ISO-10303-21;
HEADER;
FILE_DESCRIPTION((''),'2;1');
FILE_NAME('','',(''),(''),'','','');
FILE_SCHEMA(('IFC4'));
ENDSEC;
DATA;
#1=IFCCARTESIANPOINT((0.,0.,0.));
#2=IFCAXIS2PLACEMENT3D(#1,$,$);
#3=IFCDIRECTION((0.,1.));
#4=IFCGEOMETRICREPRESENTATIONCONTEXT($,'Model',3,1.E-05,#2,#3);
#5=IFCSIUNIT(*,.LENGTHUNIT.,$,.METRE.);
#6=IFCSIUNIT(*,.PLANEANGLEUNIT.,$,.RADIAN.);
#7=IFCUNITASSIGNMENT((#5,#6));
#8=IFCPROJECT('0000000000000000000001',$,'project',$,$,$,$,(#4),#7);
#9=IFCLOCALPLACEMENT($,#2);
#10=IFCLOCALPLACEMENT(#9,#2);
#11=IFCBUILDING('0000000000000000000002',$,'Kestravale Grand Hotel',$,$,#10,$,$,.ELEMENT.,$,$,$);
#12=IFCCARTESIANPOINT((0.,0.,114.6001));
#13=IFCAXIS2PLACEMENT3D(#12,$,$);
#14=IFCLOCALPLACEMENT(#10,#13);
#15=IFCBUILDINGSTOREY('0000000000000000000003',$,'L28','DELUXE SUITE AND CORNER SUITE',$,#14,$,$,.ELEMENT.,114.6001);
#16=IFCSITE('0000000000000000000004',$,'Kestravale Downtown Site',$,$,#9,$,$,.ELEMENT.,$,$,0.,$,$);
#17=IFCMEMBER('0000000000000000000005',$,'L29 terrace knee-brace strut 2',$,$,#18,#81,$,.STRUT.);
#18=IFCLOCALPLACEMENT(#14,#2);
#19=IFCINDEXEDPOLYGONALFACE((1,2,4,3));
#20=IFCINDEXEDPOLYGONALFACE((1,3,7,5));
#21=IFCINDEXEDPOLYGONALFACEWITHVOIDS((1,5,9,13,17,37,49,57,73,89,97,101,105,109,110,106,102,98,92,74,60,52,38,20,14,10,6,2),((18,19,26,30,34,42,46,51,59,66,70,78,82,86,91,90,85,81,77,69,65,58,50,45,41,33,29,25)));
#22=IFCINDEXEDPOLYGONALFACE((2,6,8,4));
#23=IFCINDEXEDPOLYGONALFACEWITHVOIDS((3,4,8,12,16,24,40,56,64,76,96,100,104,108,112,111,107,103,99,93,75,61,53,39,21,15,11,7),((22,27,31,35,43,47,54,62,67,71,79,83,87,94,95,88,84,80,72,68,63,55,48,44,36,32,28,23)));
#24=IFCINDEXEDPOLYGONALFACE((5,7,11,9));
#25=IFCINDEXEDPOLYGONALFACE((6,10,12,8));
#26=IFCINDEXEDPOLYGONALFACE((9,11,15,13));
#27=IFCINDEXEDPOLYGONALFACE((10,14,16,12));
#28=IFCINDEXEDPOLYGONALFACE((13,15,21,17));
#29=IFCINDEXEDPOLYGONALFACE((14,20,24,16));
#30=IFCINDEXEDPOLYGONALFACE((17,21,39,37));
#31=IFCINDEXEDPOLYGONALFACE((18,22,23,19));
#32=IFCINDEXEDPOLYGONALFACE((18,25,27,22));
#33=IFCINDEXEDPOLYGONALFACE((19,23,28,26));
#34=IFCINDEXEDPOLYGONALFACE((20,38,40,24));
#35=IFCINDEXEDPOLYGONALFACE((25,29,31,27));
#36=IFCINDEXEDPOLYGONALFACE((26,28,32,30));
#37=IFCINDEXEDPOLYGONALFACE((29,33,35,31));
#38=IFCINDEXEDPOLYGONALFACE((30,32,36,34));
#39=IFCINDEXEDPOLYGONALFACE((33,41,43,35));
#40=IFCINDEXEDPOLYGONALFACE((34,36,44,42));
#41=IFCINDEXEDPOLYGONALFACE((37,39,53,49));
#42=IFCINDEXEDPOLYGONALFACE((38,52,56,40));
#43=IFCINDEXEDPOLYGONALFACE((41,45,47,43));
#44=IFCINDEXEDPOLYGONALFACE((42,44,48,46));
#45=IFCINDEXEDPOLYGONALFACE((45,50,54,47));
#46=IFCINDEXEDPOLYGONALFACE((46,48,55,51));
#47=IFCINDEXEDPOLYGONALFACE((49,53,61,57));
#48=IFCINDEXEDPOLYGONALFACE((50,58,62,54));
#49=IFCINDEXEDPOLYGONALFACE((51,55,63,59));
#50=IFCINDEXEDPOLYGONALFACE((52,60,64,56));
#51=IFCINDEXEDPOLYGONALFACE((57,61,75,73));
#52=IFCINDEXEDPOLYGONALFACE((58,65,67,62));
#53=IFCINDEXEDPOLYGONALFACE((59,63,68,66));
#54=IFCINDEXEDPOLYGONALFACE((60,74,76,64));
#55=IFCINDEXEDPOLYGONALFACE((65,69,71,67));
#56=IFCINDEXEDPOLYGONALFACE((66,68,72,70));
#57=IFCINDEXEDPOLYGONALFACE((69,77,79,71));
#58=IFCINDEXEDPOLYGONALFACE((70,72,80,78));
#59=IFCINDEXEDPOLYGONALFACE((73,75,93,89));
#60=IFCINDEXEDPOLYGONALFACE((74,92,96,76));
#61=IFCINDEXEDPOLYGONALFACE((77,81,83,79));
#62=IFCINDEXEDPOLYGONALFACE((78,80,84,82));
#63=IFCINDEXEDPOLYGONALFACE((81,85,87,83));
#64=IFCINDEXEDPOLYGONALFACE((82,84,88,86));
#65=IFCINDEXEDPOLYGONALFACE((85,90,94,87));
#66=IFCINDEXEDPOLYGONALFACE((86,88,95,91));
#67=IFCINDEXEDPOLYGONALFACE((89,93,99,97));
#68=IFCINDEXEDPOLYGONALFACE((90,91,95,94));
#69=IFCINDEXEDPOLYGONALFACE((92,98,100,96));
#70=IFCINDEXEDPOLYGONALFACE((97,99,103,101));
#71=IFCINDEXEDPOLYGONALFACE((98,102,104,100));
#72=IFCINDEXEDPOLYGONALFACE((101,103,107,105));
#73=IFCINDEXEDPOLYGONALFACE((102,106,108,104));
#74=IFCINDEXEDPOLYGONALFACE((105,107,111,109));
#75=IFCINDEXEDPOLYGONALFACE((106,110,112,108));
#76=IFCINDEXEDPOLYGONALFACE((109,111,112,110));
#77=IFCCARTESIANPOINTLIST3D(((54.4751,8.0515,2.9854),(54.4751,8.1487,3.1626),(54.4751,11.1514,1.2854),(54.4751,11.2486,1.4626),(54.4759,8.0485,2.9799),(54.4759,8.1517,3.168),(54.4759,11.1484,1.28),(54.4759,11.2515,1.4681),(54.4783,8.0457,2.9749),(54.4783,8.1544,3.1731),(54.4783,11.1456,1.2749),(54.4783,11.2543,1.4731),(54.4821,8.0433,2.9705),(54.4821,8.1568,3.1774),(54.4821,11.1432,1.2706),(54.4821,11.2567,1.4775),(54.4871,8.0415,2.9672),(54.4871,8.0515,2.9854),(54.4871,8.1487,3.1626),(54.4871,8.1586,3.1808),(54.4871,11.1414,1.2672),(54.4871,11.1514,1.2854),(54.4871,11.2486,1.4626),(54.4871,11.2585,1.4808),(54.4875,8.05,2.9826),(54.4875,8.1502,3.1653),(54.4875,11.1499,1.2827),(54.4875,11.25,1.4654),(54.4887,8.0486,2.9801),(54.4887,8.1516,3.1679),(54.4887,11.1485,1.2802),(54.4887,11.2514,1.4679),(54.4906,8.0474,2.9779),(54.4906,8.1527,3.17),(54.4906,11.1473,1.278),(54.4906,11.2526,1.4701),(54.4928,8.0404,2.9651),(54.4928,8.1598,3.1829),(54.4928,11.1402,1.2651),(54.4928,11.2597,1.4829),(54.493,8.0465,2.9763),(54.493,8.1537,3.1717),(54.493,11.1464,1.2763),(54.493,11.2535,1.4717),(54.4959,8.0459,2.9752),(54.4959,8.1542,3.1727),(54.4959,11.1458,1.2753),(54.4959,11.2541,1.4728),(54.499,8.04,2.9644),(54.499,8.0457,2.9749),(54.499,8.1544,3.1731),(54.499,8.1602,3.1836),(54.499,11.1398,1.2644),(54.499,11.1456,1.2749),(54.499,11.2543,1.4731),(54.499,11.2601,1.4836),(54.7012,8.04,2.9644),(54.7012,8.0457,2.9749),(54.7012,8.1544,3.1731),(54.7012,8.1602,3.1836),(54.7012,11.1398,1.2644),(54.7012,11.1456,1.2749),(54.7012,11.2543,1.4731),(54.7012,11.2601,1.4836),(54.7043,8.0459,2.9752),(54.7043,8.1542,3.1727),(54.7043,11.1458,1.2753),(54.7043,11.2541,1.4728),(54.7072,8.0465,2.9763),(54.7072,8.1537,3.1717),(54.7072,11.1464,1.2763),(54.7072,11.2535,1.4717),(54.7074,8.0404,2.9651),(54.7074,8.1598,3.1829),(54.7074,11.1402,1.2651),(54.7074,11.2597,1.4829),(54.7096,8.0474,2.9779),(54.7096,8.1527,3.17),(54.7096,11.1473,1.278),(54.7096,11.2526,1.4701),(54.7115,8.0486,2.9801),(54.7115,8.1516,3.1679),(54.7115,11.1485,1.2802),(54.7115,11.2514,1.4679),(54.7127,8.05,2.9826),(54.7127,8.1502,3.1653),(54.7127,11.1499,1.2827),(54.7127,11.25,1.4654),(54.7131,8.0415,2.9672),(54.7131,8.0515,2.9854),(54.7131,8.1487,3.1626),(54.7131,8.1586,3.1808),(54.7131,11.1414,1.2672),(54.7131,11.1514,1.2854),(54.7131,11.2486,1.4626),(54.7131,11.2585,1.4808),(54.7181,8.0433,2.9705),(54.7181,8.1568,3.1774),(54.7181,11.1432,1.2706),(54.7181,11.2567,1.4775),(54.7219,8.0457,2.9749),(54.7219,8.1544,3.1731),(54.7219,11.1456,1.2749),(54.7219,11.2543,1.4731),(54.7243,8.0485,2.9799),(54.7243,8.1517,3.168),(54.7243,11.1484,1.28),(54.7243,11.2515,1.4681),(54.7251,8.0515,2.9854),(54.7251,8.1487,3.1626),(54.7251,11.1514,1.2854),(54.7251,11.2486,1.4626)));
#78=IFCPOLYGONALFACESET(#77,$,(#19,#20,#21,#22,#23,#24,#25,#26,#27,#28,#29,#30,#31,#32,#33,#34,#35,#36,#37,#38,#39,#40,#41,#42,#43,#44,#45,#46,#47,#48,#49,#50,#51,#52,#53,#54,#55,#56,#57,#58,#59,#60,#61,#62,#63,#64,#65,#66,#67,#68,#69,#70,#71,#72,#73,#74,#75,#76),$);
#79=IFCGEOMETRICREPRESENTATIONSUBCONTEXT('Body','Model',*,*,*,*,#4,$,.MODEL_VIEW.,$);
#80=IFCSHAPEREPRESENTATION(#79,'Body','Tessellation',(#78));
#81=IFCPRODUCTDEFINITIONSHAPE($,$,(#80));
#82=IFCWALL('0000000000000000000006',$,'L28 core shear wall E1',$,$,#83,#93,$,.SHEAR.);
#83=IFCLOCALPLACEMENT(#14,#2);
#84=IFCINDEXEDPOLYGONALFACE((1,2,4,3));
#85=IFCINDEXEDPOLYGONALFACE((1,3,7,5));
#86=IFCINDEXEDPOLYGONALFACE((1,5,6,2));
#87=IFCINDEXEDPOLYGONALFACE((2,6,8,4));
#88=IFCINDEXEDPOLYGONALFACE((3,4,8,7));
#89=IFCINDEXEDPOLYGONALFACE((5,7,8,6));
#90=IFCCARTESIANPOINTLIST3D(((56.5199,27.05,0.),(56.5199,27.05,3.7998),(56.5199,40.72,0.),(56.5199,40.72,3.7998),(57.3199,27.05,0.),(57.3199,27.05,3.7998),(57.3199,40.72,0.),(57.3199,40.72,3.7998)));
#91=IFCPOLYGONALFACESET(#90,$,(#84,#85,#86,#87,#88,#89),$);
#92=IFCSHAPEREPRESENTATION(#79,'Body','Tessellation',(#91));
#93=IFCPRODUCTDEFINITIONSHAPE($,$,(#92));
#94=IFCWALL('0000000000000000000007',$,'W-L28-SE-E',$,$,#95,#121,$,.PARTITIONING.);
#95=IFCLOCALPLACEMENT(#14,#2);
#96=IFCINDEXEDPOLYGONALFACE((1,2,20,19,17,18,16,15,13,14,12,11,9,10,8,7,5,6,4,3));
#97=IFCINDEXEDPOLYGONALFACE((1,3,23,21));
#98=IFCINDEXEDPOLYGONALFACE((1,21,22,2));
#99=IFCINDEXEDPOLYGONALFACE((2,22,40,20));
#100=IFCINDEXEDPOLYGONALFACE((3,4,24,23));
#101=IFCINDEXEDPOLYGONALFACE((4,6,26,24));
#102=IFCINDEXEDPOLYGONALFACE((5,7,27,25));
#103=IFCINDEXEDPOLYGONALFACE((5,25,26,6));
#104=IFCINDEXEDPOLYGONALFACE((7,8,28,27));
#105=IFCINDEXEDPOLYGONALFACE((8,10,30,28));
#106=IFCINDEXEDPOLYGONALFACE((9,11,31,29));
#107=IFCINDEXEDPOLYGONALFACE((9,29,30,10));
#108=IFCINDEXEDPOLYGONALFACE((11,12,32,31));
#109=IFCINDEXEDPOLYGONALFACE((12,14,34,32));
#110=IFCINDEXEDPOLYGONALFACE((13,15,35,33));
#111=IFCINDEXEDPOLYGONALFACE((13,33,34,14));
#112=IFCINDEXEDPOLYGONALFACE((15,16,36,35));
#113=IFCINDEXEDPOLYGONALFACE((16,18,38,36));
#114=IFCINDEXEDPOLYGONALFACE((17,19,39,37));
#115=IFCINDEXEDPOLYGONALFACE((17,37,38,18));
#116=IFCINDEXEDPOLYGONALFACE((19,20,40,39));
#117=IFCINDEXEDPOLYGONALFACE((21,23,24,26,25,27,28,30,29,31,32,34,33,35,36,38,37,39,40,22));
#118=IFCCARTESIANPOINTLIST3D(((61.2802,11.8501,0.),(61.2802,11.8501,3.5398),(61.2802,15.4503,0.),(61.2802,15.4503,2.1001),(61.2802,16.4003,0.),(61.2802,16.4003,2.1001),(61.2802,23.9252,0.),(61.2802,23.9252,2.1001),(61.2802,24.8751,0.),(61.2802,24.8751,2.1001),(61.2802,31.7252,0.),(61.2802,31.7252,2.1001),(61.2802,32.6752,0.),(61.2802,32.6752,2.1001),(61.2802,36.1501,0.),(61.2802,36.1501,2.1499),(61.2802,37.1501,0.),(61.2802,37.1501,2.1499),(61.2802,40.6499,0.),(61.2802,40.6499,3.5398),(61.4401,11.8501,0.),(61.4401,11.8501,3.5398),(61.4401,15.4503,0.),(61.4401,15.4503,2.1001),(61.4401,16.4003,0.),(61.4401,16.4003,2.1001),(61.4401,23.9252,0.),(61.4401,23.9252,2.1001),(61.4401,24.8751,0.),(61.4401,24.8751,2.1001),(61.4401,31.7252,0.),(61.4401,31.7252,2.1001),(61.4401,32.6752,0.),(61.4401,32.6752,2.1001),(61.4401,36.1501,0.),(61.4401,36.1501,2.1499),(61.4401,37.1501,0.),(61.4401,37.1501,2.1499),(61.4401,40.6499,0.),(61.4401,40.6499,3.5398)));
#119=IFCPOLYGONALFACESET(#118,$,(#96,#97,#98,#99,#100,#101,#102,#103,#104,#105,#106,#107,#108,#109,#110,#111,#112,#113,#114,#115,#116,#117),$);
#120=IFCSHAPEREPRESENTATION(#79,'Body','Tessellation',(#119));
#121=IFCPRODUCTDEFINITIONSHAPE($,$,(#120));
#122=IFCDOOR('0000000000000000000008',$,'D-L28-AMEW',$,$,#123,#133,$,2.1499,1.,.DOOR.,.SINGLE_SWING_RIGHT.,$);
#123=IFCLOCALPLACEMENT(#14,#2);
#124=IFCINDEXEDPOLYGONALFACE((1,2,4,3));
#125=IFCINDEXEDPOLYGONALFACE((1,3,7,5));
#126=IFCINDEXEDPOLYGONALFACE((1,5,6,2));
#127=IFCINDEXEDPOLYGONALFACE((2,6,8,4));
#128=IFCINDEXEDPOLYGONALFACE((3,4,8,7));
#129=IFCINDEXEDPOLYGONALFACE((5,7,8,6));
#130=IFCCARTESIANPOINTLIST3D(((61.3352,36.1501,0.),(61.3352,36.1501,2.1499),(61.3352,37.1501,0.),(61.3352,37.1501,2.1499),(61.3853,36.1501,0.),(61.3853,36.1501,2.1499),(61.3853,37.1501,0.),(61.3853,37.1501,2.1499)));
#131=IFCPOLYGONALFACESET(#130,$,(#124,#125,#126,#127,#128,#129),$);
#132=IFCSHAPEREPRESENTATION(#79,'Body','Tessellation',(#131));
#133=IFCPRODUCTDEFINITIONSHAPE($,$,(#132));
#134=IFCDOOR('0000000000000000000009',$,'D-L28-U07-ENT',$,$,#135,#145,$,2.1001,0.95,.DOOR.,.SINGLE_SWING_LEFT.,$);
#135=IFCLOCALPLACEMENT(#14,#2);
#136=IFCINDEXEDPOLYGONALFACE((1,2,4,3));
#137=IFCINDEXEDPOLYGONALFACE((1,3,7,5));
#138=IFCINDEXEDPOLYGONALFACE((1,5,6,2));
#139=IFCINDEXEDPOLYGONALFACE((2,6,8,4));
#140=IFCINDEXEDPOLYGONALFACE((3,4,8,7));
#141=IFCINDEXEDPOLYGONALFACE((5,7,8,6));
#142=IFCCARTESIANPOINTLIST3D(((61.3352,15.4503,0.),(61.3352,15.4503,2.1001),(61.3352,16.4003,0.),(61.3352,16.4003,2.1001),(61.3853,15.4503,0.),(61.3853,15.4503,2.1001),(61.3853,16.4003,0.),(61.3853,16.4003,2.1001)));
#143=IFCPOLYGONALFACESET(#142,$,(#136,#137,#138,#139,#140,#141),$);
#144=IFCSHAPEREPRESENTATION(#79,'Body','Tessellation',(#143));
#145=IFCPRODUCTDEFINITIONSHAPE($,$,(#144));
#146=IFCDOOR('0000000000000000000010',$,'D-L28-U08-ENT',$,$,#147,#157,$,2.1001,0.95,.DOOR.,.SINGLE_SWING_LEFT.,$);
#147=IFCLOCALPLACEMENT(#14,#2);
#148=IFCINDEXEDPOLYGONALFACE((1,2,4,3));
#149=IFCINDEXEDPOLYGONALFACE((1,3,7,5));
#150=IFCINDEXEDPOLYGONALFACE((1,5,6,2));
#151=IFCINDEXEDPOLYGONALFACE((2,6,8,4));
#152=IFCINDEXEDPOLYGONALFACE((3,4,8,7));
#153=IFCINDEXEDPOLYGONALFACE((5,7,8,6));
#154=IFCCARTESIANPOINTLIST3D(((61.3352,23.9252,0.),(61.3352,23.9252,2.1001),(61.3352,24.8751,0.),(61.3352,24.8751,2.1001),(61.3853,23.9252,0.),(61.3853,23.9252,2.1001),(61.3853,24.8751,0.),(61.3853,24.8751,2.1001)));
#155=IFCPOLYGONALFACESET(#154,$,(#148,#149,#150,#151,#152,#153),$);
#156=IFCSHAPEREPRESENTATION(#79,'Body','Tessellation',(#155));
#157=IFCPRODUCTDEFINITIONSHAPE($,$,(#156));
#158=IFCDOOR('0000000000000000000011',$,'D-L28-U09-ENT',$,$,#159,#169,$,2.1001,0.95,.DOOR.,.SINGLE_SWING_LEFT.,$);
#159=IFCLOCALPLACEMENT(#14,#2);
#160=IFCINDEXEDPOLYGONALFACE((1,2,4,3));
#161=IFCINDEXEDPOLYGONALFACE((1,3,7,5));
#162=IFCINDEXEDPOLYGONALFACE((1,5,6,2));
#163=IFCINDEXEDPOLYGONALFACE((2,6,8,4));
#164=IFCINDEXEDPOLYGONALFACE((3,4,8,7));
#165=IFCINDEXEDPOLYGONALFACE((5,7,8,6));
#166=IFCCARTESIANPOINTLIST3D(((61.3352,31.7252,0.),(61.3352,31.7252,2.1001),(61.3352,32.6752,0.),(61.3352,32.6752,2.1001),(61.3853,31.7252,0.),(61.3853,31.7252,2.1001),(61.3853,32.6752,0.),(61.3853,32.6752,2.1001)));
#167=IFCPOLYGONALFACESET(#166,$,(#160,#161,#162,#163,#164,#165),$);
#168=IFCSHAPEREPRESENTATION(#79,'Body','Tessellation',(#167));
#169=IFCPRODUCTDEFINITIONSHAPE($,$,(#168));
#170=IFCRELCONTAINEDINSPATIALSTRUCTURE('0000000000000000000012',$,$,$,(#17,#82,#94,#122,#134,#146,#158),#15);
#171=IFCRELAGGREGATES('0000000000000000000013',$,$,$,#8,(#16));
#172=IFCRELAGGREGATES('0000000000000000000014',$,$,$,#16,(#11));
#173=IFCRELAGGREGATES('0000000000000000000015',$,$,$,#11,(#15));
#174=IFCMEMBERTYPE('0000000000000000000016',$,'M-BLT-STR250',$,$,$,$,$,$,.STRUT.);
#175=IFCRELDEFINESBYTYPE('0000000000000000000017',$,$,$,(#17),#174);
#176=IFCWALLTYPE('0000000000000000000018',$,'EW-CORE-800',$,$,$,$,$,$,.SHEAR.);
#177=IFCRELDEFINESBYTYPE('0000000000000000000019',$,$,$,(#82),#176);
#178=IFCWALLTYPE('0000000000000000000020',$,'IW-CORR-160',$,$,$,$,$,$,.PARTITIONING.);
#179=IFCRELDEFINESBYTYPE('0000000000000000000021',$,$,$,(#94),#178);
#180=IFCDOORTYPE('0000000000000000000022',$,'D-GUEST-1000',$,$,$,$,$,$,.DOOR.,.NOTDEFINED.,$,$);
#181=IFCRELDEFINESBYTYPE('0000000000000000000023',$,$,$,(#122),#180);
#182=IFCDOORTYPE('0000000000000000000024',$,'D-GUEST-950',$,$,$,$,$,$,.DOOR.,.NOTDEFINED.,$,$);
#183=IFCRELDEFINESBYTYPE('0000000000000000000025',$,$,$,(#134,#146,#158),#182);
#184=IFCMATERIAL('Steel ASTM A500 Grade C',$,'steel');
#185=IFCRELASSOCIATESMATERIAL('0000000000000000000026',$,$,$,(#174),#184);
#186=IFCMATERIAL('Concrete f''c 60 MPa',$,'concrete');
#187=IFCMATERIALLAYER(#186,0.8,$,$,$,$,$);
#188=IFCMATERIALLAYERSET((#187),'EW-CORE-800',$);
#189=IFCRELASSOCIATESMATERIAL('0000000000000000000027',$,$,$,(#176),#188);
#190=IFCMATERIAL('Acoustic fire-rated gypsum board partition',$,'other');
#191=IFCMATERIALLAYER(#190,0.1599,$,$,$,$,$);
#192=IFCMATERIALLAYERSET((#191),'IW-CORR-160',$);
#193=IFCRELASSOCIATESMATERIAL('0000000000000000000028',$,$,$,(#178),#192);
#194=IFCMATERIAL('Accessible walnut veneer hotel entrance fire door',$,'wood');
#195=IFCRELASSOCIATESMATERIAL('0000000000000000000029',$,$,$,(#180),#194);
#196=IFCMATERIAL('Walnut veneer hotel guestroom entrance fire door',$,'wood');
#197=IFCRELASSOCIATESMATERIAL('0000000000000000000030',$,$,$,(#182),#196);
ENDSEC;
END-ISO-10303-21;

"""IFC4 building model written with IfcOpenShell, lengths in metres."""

from ifc_helpers import new_model, si_unit, direction, frame, frame_2d, origin, origin_2d, place, context, subcontext, project, spatial, rectangle, hollow_rectangle, extrude, material, layer, layer_set, material_profile, profile_set, type_object, element, fill, save


model = new_model("IFC4")

# Units and contexts
model_context = context("Model", 3, precision=1e-05, world=origin(), true_north=direction((0.0, 1.0)))
body_context = subcontext(model_context, "Body", "Model", "MODEL_VIEW")
ifc_project = project(units=[si_unit("LENGTHUNIT", "METRE"), si_unit("PLANEANGLEUNIT", "RADIAN")], contexts=[model_context])

# Site, building, storey
site_placement = place(None, origin())
site = spatial("IfcSite", under=ifc_project, at=site_placement, Name="Kestravale Downtown Site", CompositionType="ELEMENT", RefElevation=0.0)
building_placement = place(site_placement, origin())
building = spatial("IfcBuilding", under=site, at=building_placement, Name="Kestravale Grand Hotel", CompositionType="ELEMENT")
storey_placement = place(building_placement, frame((0.0, 0.0, 114.6001)))
storey = spatial("IfcBuildingStorey", under=building, at=storey_placement, Name="L28", Description="DELUXE SUITE AND CORNER SUITE", CompositionType="ELEMENT", Elevation=114.6001)

# Member
ifc_material_1 = material(Name="Steel ASTM A500 Grade C", Category="steel")
ifc_material_profile_1 = material_profile(ifc_material_1, hollow_rectangle(XDim=0.25, YDim=0.25, WallThickness=0.012, InnerFilletRadius=0.012, OuterFilletRadius=0.0239, at=origin_2d()))
ifc_profile_set_1 = profile_set([ifc_material_profile_1], Name="Steel ASTM A500 Grade C")
member_type = type_object("IfcMemberType", Name="M-BLT-STR250", PredefinedType="STRUT", material=ifc_profile_set_1)
member_placement = place(storey_placement, frame((54.6001, 11.2, 1.374), z_axis=(0.0, -0.876809, 0.480839), x_axis=(1.0, 0.0, 0.0)))
element("IfcMember", 1, at=member_placement, inside=storey, type_object=member_type, Name="L29 terrace knee-brace strut 2", PredefinedType="STRUT", context=body_context, shape_type="SweptSolid", body=[
    extrude(hollow_rectangle(XDim=0.25, YDim=0.25, WallThickness=0.012, InnerFilletRadius=0.012, OuterFilletRadius=0.0239, at=origin_2d()), origin(), (0.0, 0.0, 1.0), 3.5354),
])

# Wall
ifc_material_2 = material(Name="Concrete f'c 60 MPa", Category="concrete")
ifc_layer_1 = layer(ifc_material_2, 0.8)
ifc_layer_set_1 = layer_set([ifc_layer_1], Name="EW-CORE-800")
wall_type_1 = type_object("IfcWallType", Name="EW-CORE-800", PredefinedType="SHEAR", material=ifc_layer_set_1)
wall_1_placement = place(storey_placement, frame((56.9199, 27.05, 0.0), z_axis=(0.0, 0.0, 1.0), x_axis=(0.0, 1.0, 0.0)))
element("IfcWall", 2, at=wall_1_placement, inside=storey, type_object=wall_type_1, Name="L28 core shear wall E1", PredefinedType="SHEAR", context=body_context, shape_type="SweptSolid", body=[
    extrude(rectangle(XDim=13.6699, YDim=0.8, at=frame_2d((6.835, 0.0))), origin(), (0.0, 0.0, 1.0), 3.7998),
])

# Wall, openings, doors
ifc_material_3 = material(Name="Acoustic fire-rated gypsum board partition", Category="other")
ifc_layer_2 = layer(ifc_material_3, 0.1599)
ifc_layer_set_2 = layer_set([ifc_layer_2], Name="IW-CORR-160")
wall_type_2 = type_object("IfcWallType", Name="IW-CORR-160", PredefinedType="PARTITIONING", material=ifc_layer_set_2)
wall_2_placement = place(storey_placement, frame((61.3601, 11.8501, 0.0), z_axis=(0.0, 0.0, 1.0), x_axis=(0.0, 1.0, 0.0)))
wall_2 = element("IfcWall", 3, at=wall_2_placement, inside=storey, type_object=wall_type_2, Name="W-L28-SE-E", PredefinedType="PARTITIONING", context=body_context, shape_type="SweptSolid", body=[
    extrude(rectangle(XDim=28.7998, YDim=0.1599, at=frame_2d((14.3999, 0.0))), origin(), (0.0, 0.0, 1.0), 3.5398),
])
opening_1_placement = place(wall_2_placement, frame((3.6001, 0.0, 0.0)))
opening_1 = element("IfcOpeningElement", 4, at=opening_1_placement, cuts=wall_2, PredefinedType="OPENING", context=body_context, shape_type="SweptSolid", body=[
    extrude(rectangle(XDim=0.95, YDim=2.1001, at=frame_2d((0.4751, 1.05))), frame((0.0, 0.0898, 0.0), z_axis=(0.0, -1.0, 0.0), x_axis=(1.0, 0.0, 0.0)), (0.0, 0.0, 1.0), 0.1799),
])
opening_2_placement = place(wall_2_placement, frame((12.075, 0.0, 0.0)))
opening_2 = element("IfcOpeningElement", 5, at=opening_2_placement, cuts=wall_2, PredefinedType="OPENING", context=body_context, shape_type="SweptSolid", body=[
    extrude(rectangle(XDim=0.95, YDim=2.1001, at=frame_2d((0.4751, 1.05))), frame((0.0, 0.0898, 0.0), z_axis=(0.0, -1.0, 0.0), x_axis=(1.0, 0.0, 0.0)), (0.0, 0.0, 1.0), 0.1799),
])
opening_3_placement = place(wall_2_placement, frame((19.875, 0.0, 0.0)))
opening_3 = element("IfcOpeningElement", 6, at=opening_3_placement, cuts=wall_2, PredefinedType="OPENING", context=body_context, shape_type="SweptSolid", body=[
    extrude(rectangle(XDim=0.95, YDim=2.1001, at=frame_2d((0.4751, 1.05))), frame((0.0, 0.0898, 0.0), z_axis=(0.0, -1.0, 0.0), x_axis=(1.0, 0.0, 0.0)), (0.0, 0.0, 1.0), 0.1799),
])
opening_4_placement = place(wall_2_placement, frame((24.3, 0.0, 0.0)))
opening_4 = element("IfcOpeningElement", 7, at=opening_4_placement, cuts=wall_2, PredefinedType="OPENING", context=body_context, shape_type="SweptSolid", body=[
    extrude(rectangle(XDim=1.0, YDim=2.1499, at=frame_2d((0.5, 1.075))), frame((0.0, 0.0898, 0.0), z_axis=(0.0, -1.0, 0.0), x_axis=(1.0, 0.0, 0.0)), (0.0, 0.0, 1.0), 0.1799),
])
ifc_material_4 = material(Name="Accessible walnut veneer hotel entrance fire door", Category="wood")
door_type_1 = type_object("IfcDoorType", Name="D-GUEST-1000", OperationType="NOTDEFINED", PredefinedType="DOOR", material=ifc_material_4)
door_1_placement = place(opening_4_placement, origin())
door_1 = element("IfcDoor", 8, at=door_1_placement, inside=storey, type_object=door_type_1, Name="D-L28-AMEW", OperationType="SINGLE_SWING_RIGHT", OverallHeight=2.1499, OverallWidth=1.0, PredefinedType="DOOR", context=body_context, shape_type="SweptSolid", body=[
    extrude(rectangle(XDim=1.0, YDim=2.1499, at=frame_2d((0.5, 1.075))), frame((0.0, 0.0249, 0.0), z_axis=(0.0, -1.0, 0.0), x_axis=(1.0, 0.0, 0.0)), (0.0, 0.0, 1.0), 0.05),
])
fill(opening_4, door_1)
ifc_material_5 = material(Name="Walnut veneer hotel guestroom entrance fire door", Category="wood")
door_type_2 = type_object("IfcDoorType", Name="D-GUEST-950", OperationType="NOTDEFINED", PredefinedType="DOOR", material=ifc_material_5)
door_2_placement = place(opening_1_placement, origin())
door_2 = element("IfcDoor", 9, at=door_2_placement, inside=storey, type_object=door_type_2, Name="D-L28-U07-ENT", OperationType="SINGLE_SWING_LEFT", OverallHeight=2.1001, OverallWidth=0.95, PredefinedType="DOOR", context=body_context, shape_type="SweptSolid", body=[
    extrude(rectangle(XDim=0.95, YDim=2.1001, at=frame_2d((0.4751, 1.05))), frame((0.0, 0.0249, 0.0), z_axis=(0.0, -1.0, 0.0), x_axis=(1.0, 0.0, 0.0)), (0.0, 0.0, 1.0), 0.05),
])
fill(opening_1, door_2)
door_3_placement = place(opening_2_placement, origin())
door_3 = element("IfcDoor", 10, at=door_3_placement, inside=storey, type_object=door_type_2, Name="D-L28-U08-ENT", OperationType="SINGLE_SWING_LEFT", OverallHeight=2.1001, OverallWidth=0.95, PredefinedType="DOOR", context=body_context, shape_type="SweptSolid", body=[
    extrude(rectangle(XDim=0.95, YDim=2.1001, at=frame_2d((0.4751, 1.05))), frame((0.0, 0.0249, 0.0), z_axis=(0.0, -1.0, 0.0), x_axis=(1.0, 0.0, 0.0)), (0.0, 0.0, 1.0), 0.05),
])
fill(opening_2, door_3)
door_4_placement = place(opening_3_placement, origin())
door_4 = element("IfcDoor", 11, at=door_4_placement, inside=storey, type_object=door_type_2, Name="D-L28-U09-ENT", OperationType="SINGLE_SWING_LEFT", OverallHeight=2.1001, OverallWidth=0.95, PredefinedType="DOOR", context=body_context, shape_type="SweptSolid", body=[
    extrude(rectangle(XDim=0.95, YDim=2.1001, at=frame_2d((0.4751, 1.05))), frame((0.0, 0.0249, 0.0), z_axis=(0.0, -1.0, 0.0), x_axis=(1.0, 0.0, 0.0)), (0.0, 0.0, 1.0), 0.05),
])
fill(opening_3, door_4)

save(model, "model.ifc")
